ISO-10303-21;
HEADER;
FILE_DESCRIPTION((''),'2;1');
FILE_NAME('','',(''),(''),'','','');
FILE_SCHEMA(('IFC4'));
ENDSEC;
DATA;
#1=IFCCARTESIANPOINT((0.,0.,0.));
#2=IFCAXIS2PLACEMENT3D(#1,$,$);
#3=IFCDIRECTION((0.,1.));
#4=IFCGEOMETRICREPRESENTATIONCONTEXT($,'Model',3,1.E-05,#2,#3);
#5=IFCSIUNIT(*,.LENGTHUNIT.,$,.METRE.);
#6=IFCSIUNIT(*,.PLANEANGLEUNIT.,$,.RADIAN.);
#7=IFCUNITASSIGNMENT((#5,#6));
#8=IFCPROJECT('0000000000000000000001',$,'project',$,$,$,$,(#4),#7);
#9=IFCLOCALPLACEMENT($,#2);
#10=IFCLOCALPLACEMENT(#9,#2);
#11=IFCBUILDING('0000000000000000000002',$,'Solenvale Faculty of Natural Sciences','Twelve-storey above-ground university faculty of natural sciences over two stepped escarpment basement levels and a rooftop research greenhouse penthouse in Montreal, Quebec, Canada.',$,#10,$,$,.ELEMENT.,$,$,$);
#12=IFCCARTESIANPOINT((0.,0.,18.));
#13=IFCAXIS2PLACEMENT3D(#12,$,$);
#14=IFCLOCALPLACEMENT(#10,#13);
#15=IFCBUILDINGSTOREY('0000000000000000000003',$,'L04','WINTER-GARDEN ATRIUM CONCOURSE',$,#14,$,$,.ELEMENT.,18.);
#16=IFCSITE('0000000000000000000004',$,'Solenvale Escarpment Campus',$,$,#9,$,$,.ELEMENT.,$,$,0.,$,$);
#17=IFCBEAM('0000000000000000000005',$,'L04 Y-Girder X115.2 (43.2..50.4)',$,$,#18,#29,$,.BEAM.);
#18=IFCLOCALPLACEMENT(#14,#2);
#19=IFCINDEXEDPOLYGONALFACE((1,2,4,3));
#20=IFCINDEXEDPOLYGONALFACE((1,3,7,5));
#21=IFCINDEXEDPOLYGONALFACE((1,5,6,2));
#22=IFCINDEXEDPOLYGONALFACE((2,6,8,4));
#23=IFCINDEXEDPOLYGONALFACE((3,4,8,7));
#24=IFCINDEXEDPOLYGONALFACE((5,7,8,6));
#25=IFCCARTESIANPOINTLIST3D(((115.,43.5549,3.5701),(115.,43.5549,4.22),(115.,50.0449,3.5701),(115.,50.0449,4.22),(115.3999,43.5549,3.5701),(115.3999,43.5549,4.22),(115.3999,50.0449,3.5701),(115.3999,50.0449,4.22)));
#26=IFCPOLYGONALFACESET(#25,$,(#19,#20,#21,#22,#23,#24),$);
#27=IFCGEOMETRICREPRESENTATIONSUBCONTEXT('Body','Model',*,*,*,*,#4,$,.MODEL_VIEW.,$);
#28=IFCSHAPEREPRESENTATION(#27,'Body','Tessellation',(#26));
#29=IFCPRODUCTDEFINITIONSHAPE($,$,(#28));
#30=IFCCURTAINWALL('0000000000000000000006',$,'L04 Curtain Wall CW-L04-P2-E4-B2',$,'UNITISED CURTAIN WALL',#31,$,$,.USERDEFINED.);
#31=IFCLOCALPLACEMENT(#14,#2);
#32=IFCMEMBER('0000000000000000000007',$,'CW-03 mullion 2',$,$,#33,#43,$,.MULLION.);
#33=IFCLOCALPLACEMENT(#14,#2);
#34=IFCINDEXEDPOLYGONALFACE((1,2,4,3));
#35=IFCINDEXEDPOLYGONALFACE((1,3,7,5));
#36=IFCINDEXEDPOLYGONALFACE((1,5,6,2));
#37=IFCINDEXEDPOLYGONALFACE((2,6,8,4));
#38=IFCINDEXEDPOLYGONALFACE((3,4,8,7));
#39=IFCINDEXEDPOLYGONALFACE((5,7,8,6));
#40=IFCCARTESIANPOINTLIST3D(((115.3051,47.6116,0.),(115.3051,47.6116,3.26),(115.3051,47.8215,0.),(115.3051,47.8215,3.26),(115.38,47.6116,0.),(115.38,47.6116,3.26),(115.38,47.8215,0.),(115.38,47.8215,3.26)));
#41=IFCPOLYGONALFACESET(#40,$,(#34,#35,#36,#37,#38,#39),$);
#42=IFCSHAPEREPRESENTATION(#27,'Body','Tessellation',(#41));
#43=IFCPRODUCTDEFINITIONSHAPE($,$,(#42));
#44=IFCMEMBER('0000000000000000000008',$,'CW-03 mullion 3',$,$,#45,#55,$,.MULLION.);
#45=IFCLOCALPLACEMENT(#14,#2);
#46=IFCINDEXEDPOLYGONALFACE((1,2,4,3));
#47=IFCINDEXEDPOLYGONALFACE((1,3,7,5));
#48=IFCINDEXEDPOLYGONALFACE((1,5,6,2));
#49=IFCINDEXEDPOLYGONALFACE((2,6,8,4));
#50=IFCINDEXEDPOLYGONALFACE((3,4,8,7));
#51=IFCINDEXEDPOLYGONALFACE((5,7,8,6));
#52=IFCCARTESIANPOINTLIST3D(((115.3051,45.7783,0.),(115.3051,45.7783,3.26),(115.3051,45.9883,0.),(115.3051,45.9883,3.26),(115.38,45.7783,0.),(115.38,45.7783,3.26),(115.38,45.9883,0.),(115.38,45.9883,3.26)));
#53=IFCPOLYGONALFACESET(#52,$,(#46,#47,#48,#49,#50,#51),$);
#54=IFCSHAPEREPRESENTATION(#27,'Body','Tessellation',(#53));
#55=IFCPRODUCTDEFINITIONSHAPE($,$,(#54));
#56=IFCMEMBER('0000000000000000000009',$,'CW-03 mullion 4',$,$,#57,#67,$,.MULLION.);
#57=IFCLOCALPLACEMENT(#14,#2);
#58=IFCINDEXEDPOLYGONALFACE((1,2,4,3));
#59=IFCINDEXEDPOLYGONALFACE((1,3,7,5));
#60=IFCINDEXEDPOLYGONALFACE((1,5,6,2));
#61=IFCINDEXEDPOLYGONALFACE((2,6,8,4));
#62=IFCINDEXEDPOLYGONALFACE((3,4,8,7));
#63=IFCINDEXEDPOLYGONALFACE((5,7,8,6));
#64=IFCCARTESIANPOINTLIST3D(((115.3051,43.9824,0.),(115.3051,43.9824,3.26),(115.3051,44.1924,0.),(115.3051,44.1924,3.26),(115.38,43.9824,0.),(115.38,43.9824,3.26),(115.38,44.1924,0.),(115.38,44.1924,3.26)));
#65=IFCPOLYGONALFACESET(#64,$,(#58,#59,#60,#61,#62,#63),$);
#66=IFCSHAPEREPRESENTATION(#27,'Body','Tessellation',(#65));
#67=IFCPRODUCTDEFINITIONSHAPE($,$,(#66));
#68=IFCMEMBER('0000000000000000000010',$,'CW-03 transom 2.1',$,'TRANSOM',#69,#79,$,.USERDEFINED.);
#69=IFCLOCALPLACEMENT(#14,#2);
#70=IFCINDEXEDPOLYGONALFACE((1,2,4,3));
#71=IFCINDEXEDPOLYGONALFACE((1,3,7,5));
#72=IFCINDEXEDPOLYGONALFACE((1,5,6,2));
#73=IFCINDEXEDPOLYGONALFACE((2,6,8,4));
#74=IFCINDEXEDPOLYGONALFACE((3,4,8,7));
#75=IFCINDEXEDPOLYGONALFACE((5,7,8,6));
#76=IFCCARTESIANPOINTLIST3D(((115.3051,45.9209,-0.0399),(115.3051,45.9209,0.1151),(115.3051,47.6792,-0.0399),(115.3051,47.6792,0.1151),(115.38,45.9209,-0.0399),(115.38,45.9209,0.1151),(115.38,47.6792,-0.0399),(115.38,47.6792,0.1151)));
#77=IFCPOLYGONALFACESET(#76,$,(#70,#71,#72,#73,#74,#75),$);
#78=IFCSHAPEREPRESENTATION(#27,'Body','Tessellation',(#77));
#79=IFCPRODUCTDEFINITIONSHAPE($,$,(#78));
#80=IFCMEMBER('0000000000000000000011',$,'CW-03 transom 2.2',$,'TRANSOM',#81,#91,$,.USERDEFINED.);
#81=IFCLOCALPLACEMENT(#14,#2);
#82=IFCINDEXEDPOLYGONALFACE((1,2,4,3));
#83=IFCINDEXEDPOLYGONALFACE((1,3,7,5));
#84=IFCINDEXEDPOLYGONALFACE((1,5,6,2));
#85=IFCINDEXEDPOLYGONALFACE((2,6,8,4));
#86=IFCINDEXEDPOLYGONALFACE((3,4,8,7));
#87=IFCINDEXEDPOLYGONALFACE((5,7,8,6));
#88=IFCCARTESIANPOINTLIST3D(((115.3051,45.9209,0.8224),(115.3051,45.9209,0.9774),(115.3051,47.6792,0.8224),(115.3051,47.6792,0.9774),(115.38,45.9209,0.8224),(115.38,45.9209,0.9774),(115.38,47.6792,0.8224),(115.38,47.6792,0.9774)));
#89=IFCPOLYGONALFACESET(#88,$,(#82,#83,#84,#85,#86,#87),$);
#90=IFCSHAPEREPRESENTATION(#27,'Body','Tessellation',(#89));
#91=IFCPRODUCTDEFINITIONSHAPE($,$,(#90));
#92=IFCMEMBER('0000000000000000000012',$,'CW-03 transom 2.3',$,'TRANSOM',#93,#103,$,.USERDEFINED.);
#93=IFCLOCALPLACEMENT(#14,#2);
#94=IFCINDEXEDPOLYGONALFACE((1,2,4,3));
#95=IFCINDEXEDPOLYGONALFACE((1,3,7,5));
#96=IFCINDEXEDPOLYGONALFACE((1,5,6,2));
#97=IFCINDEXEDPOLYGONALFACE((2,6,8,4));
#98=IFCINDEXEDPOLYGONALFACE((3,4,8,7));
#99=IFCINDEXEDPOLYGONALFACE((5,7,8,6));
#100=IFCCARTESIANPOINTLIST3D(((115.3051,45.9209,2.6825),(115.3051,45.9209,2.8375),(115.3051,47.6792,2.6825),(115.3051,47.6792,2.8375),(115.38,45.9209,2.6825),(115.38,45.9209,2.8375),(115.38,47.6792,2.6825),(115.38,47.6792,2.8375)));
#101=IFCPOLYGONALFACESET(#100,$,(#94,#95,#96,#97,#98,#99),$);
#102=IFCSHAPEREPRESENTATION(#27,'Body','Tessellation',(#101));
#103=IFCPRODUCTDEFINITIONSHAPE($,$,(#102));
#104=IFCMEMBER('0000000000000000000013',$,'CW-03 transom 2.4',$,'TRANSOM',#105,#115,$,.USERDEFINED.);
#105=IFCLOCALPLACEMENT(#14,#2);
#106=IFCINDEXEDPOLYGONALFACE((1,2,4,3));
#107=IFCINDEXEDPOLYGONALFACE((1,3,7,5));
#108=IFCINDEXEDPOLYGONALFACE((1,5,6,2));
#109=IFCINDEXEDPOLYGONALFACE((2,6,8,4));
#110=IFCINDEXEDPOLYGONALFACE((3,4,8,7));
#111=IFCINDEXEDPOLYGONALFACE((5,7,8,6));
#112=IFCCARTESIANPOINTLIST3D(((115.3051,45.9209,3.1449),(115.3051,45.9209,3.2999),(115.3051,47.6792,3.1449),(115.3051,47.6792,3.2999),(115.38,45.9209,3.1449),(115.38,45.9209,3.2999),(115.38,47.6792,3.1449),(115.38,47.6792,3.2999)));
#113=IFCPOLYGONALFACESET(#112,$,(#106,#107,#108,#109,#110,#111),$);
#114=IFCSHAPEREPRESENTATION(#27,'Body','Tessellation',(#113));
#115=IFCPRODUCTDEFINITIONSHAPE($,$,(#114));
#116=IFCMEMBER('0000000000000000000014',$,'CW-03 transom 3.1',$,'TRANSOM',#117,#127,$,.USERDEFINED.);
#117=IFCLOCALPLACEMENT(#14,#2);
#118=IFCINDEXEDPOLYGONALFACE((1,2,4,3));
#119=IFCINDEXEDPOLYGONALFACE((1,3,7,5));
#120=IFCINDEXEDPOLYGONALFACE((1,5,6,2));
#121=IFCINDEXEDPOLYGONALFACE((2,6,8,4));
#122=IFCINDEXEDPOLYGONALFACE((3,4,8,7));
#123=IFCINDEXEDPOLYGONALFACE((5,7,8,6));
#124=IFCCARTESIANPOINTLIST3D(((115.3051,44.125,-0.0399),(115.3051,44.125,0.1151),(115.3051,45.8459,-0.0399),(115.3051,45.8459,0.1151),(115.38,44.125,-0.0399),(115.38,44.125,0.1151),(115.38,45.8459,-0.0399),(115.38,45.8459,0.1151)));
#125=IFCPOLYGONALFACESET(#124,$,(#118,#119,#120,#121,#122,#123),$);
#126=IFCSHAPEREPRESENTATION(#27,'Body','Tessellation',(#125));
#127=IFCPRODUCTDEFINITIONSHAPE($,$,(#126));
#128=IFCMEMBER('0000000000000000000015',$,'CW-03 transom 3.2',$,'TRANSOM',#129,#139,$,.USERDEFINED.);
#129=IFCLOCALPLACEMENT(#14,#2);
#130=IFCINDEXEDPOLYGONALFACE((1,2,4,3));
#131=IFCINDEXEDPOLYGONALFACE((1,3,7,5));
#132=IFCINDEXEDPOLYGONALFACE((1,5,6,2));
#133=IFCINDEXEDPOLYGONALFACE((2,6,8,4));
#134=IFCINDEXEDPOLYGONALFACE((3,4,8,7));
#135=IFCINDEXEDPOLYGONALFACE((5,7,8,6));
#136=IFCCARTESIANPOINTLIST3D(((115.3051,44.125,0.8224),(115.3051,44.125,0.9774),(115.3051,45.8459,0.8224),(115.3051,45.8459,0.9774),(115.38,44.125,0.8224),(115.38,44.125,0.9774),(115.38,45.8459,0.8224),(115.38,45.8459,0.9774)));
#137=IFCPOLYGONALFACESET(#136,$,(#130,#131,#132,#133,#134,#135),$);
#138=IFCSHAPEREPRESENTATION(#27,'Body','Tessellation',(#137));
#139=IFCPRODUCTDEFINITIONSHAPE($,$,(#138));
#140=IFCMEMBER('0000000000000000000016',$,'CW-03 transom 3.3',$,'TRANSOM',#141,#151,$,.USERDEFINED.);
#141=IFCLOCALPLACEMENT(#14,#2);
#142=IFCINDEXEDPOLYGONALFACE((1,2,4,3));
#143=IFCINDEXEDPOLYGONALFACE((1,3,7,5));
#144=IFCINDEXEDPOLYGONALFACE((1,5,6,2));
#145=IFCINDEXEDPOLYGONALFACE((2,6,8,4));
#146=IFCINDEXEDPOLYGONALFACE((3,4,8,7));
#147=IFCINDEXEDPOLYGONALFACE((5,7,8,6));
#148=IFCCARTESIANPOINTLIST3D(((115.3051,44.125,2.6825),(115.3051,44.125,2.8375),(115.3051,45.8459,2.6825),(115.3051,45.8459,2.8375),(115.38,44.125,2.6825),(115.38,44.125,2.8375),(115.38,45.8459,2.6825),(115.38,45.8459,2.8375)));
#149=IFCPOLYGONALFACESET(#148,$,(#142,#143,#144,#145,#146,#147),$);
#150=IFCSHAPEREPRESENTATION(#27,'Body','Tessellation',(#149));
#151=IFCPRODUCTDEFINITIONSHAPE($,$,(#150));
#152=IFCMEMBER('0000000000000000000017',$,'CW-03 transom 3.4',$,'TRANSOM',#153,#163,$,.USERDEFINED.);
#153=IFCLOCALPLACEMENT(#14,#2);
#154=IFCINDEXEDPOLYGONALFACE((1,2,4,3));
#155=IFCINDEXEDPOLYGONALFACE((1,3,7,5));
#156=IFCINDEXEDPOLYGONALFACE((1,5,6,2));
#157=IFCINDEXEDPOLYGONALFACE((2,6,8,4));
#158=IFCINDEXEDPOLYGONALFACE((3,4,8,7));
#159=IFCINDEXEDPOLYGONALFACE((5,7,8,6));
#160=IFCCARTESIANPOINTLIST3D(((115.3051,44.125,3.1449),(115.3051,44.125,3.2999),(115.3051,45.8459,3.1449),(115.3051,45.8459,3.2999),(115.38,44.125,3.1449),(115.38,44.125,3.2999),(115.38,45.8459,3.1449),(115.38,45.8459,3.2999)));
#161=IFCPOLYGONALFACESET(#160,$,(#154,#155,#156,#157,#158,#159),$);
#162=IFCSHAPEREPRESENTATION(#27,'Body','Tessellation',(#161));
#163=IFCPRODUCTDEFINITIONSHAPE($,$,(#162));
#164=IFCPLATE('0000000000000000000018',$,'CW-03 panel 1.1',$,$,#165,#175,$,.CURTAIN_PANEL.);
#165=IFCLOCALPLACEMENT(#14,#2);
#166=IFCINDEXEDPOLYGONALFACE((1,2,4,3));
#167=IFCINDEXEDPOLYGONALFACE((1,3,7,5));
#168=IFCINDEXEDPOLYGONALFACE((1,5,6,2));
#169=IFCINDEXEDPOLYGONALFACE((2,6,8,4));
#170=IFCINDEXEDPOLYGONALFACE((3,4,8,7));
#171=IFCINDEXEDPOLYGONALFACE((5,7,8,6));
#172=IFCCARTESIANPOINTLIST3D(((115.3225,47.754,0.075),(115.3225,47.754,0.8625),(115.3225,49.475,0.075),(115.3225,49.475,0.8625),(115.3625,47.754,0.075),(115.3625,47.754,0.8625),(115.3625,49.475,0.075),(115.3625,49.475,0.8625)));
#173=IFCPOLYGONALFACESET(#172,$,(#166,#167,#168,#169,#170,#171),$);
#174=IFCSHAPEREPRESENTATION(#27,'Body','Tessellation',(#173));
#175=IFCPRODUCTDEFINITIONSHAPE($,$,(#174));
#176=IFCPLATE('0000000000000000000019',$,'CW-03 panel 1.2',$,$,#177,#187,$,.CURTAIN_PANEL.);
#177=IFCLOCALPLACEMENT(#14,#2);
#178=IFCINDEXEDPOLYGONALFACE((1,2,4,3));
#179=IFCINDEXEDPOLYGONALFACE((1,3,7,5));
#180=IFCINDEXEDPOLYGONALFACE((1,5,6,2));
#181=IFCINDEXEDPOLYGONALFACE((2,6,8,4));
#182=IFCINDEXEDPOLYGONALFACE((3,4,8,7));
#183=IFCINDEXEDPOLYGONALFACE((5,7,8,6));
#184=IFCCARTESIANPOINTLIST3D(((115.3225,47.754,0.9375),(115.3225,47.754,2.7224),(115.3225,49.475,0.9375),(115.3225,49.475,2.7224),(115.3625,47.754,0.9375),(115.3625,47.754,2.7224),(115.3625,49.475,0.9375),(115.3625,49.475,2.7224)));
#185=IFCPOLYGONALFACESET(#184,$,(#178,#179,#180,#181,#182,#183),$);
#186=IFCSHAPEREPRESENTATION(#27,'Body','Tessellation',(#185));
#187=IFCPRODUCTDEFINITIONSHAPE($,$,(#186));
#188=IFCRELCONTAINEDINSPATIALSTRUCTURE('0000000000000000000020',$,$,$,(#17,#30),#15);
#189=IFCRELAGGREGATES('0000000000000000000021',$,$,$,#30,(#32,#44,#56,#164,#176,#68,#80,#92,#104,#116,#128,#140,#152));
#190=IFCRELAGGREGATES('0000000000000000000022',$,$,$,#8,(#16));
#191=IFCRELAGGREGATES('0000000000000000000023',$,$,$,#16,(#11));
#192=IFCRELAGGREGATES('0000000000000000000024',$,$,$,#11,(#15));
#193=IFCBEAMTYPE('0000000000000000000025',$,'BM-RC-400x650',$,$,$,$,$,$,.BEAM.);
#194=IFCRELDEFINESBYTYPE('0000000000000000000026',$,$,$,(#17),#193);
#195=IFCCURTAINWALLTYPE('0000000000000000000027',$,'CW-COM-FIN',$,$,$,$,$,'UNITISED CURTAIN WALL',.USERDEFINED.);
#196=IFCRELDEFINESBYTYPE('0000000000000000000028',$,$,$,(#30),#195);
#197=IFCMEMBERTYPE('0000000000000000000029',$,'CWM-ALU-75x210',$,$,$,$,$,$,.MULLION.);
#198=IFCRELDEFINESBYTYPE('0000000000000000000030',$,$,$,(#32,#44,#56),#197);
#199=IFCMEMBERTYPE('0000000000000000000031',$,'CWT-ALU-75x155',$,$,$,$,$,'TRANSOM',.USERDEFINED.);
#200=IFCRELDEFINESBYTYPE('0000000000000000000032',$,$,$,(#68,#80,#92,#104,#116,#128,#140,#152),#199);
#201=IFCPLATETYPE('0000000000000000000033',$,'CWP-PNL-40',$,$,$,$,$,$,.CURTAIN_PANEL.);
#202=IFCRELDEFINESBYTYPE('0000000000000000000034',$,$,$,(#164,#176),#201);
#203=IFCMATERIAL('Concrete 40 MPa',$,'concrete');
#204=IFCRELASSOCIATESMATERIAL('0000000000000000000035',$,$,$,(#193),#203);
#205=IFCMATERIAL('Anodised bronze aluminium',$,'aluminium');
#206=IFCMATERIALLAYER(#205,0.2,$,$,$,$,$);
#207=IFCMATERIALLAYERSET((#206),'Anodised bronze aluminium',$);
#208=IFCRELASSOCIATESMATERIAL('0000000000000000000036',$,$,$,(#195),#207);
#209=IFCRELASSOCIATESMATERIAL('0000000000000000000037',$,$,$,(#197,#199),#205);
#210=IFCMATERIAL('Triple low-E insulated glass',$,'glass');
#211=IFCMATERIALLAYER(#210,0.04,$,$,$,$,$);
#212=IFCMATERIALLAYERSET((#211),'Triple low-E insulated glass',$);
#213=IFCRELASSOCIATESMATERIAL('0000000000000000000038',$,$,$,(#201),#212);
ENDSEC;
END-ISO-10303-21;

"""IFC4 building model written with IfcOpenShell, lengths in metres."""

from ifc_helpers import new_model, si_unit, direction, frame, origin, origin_2d, place, context, subcontext, project, spatial, rectangle, extrude, material, layer, layer_set, material_profile, profile_set, type_object, element, aggregate, save


model = new_model("IFC4")

# Units and contexts
model_context = context("Model", 3, precision=1e-05, world=origin(), true_north=direction((0.0, 1.0)))
body_context = subcontext(model_context, "Body", "Model", "MODEL_VIEW")
ifc_project = project(units=[si_unit("LENGTHUNIT", "METRE"), si_unit("PLANEANGLEUNIT", "RADIAN")], contexts=[model_context])

# Site, building, storey
site_placement = place(None, origin())
site = spatial("IfcSite", under=ifc_project, at=site_placement, Name="Solenvale Escarpment Campus", CompositionType="ELEMENT", RefElevation=0.0)
building_placement = place(site_placement, origin())
building = spatial("IfcBuilding", under=site, at=building_placement, Name="Solenvale Faculty of Natural Sciences", Description="Twelve-storey above-ground university faculty of natural sciences over two stepped escarpment basement levels and a rooftop research greenhouse penthouse in Montreal, Quebec, Canada.", CompositionType="ELEMENT")
storey_placement = place(building_placement, frame((0.0, 0.0, 18.0)))
storey = spatial("IfcBuildingStorey", under=building, at=storey_placement, Name="L04", Description="WINTER-GARDEN ATRIUM CONCOURSE", CompositionType="ELEMENT", Elevation=18.0)

# Beam
ifc_material_1 = material(Name="Concrete 40 MPa", Category="concrete")
ifc_material_profile_1 = material_profile(ifc_material_1, rectangle(XDim=0.3999, YDim=0.6499, at=origin_2d()), Name="RC-BM-400x650")
ifc_profile_set_1 = profile_set([ifc_material_profile_1], Name="Concrete 40 MPa")
beam_type = type_object("IfcBeamType", Name="BM-RC-400x650", PredefinedType="BEAM", material=ifc_profile_set_1)
beam_placement = place(storey_placement, frame((115.2, 43.5549, 3.895), z_axis=(0.0, 1.0, 0.0), x_axis=(-1.0, 0.0, 0.0)))
element("IfcBeam", 1, at=beam_placement, inside=storey, type_object=beam_type, Name="L04 Y-Girder X115.2 (43.2..50.4)", PredefinedType="BEAM", context=body_context, shape_type="SweptSolid", body=[
    extrude(rectangle(XDim=0.3999, YDim=0.6499, at=origin_2d()), origin(), (0.0, 0.0, 1.0), 6.49),
])

# Curtain wall, members, plates
ifc_material_2 = material(Name="Anodised bronze aluminium", Category="aluminium")
ifc_layer_1 = layer(ifc_material_2, 0.2)
ifc_layer_set_1 = layer_set([ifc_layer_1], Name="Anodised bronze aluminium")
curtain_wall_type = type_object("IfcCurtainWallType", Name="CW-COM-FIN", ElementType="UNITISED CURTAIN WALL", PredefinedType="USERDEFINED", material=ifc_layer_set_1)
curtain_wall_placement = place(storey_placement, origin())
curtain_wall = element("IfcCurtainWall", 2, at=curtain_wall_placement, inside=storey, type_object=curtain_wall_type, Name="L04 Curtain Wall CW-L04-P2-E4-B2", ObjectType="UNITISED CURTAIN WALL", PredefinedType="USERDEFINED")
ifc_material_profile_2 = material_profile(ifc_material_2, rectangle(XDim=0.075, YDim=0.21, at=origin_2d()), Name="ALU-MUL-75x210")
ifc_profile_set_2 = profile_set([ifc_material_profile_2], Name="Anodised bronze aluminium")
member_type_1 = type_object("IfcMemberType", Name="CWM-ALU-75x210", PredefinedType="MULLION", material=ifc_profile_set_2)
member_1_placement = place(storey_placement, frame((115.3425, 47.7166, 0.0), z_axis=(0.0, 0.0, 1.0), x_axis=(1.0, 0.0, 0.0)))
member_1 = element("IfcMember", 3, at=member_1_placement, type_object=member_type_1, Name="CW-03 mullion 2", PredefinedType="MULLION", context=body_context, shape_type="SweptSolid", body=[
    extrude(rectangle(XDim=0.075, YDim=0.21, at=origin_2d()), origin(), (0.0, 0.0, 1.0), 3.26),
])
member_2_placement = place(storey_placement, frame((115.3425, 45.8833, 0.0), z_axis=(0.0, 0.0, 1.0), x_axis=(1.0, 0.0, 0.0)))
member_2 = element("IfcMember", 4, at=member_2_placement, type_object=member_type_1, Name="CW-03 mullion 3", PredefinedType="MULLION", context=body_context, shape_type="SweptSolid", body=[
    extrude(rectangle(XDim=0.075, YDim=0.21, at=origin_2d()), origin(), (0.0, 0.0, 1.0), 3.26),
])
member_3_placement = place(storey_placement, frame((115.3425, 44.0874, 0.0), z_axis=(0.0, 0.0, 1.0), x_axis=(1.0, 0.0, 0.0)))
member_3 = element("IfcMember", 5, at=member_3_placement, type_object=member_type_1, Name="CW-03 mullion 4", PredefinedType="MULLION", context=body_context, shape_type="SweptSolid", body=[
    extrude(rectangle(XDim=0.075, YDim=0.21, at=origin_2d()), origin(), (0.0, 0.0, 1.0), 3.26),
])
ifc_material_profile_3 = material_profile(ifc_material_2, rectangle(XDim=0.075, YDim=0.155, at=origin_2d()), Name="ALU-TRN-75x155")
ifc_profile_set_3 = profile_set([ifc_material_profile_3], Name="Anodised bronze aluminium")
member_type_2 = type_object("IfcMemberType", Name="CWT-ALU-75x155", ElementType="TRANSOM", PredefinedType="USERDEFINED", material=ifc_profile_set_3)
member_4_placement = place(storey_placement, frame((115.3425, 47.6792, 0.0376), z_axis=(0.0, -1.0, 0.0), x_axis=(1.0, 0.0, 0.0)))
member_4 = element("IfcMember", 6, at=member_4_placement, type_object=member_type_2, Name="CW-03 transom 2.1", ObjectType="TRANSOM", PredefinedType="USERDEFINED", context=body_context, shape_type="SweptSolid", body=[
    extrude(rectangle(XDim=0.075, YDim=0.155, at=origin_2d()), origin(), (0.0, 0.0, 1.0), 1.7583),
])
member_5_placement = place(storey_placement, frame((115.3425, 47.6792, 0.8999), z_axis=(0.0, -1.0, 0.0), x_axis=(1.0, 0.0, 0.0)))
member_5 = element("IfcMember", 7, at=member_5_placement, type_object=member_type_2, Name="CW-03 transom 2.2", ObjectType="TRANSOM", PredefinedType="USERDEFINED", context=body_context, shape_type="SweptSolid", body=[
    extrude(rectangle(XDim=0.075, YDim=0.155, at=origin_2d()), origin(), (0.0, 0.0, 1.0), 1.7583),
])
member_6_placement = place(storey_placement, frame((115.3425, 47.6792, 2.76), z_axis=(0.0, -1.0, 0.0), x_axis=(1.0, 0.0, 0.0)))
member_6 = element("IfcMember", 8, at=member_6_placement, type_object=member_type_2, Name="CW-03 transom 2.3", ObjectType="TRANSOM", PredefinedType="USERDEFINED", context=body_context, shape_type="SweptSolid", body=[
    extrude(rectangle(XDim=0.075, YDim=0.155, at=origin_2d()), origin(), (0.0, 0.0, 1.0), 1.7583),
])
member_7_placement = place(storey_placement, frame((115.3425, 47.6792, 3.2224), z_axis=(0.0, -1.0, 0.0), x_axis=(1.0, 0.0, 0.0)))
member_7 = element("IfcMember", 9, at=member_7_placement, type_object=member_type_2, Name="CW-03 transom 2.4", ObjectType="TRANSOM", PredefinedType="USERDEFINED", context=body_context, shape_type="SweptSolid", body=[
    extrude(rectangle(XDim=0.075, YDim=0.155, at=origin_2d()), origin(), (0.0, 0.0, 1.0), 1.7583),
])
member_8_placement = place(storey_placement, frame((115.3425, 45.8459, 0.0376), z_axis=(0.0, -1.0, 0.0), x_axis=(1.0, 0.0, 0.0)))
member_8 = element("IfcMember", 10, at=member_8_placement, type_object=member_type_2, Name="CW-03 transom 3.1", ObjectType="TRANSOM", PredefinedType="USERDEFINED", context=body_context, shape_type="SweptSolid", body=[
    extrude(rectangle(XDim=0.075, YDim=0.155, at=origin_2d()), origin(), (0.0, 0.0, 1.0), 1.7209),
])
member_9_placement = place(storey_placement, frame((115.3425, 45.8459, 0.8999), z_axis=(0.0, -1.0, 0.0), x_axis=(1.0, 0.0, 0.0)))
member_9 = element("IfcMember", 11, at=member_9_placement, type_object=member_type_2, Name="CW-03 transom 3.2", ObjectType="TRANSOM", PredefinedType="USERDEFINED", context=body_context, shape_type="SweptSolid", body=[
    extrude(rectangle(XDim=0.075, YDim=0.155, at=origin_2d()), origin(), (0.0, 0.0, 1.0), 1.7209),
])
member_10_placement = place(storey_placement, frame((115.3425, 45.8459, 2.76), z_axis=(0.0, -1.0, 0.0), x_axis=(1.0, 0.0, 0.0)))
member_10 = element("IfcMember", 12, at=member_10_placement, type_object=member_type_2, Name="CW-03 transom 3.3", ObjectType="TRANSOM", PredefinedType="USERDEFINED", context=body_context, shape_type="SweptSolid", body=[
    extrude(rectangle(XDim=0.075, YDim=0.155, at=origin_2d()), origin(), (0.0, 0.0, 1.0), 1.7209),
])
member_11_placement = place(storey_placement, frame((115.3425, 45.8459, 3.2224), z_axis=(0.0, -1.0, 0.0), x_axis=(1.0, 0.0, 0.0)))
member_11 = element("IfcMember", 13, at=member_11_placement, type_object=member_type_2, Name="CW-03 transom 3.4", ObjectType="TRANSOM", PredefinedType="USERDEFINED", context=body_context, shape_type="SweptSolid", body=[
    extrude(rectangle(XDim=0.075, YDim=0.155, at=origin_2d()), origin(), (0.0, 0.0, 1.0), 1.7209),
])
ifc_material_3 = material(Name="Triple low-E insulated glass", Category="glass")
ifc_layer_2 = layer(ifc_material_3, 0.04)
ifc_layer_set_2 = layer_set([ifc_layer_2], Name="Triple low-E insulated glass")
plate_type = type_object("IfcPlateType", Name="CWP-PNL-40", PredefinedType="CURTAIN_PANEL", material=ifc_layer_set_2)
plate_1_placement = place(storey_placement, frame((115.3425, 48.6145, 0.075), z_axis=(0.0, 0.0, 1.0), x_axis=(0.0, -1.0, 0.0)))
plate_1 = element("IfcPlate", 14, at=plate_1_placement, type_object=plate_type, Name="CW-03 panel 1.1", PredefinedType="CURTAIN_PANEL", context=body_context, shape_type="SweptSolid", body=[
    extrude(rectangle(XDim=1.7209, YDim=0.04, at=origin_2d()), origin(), (0.0, 0.0, 1.0), 0.7876),
])
plate_2_placement = place(storey_placement, frame((115.3425, 48.6145, 0.9375), z_axis=(0.0, 0.0, 1.0), x_axis=(0.0, -1.0, 0.0)))
plate_2 = element("IfcPlate", 15, at=plate_2_placement, type_object=plate_type, Name="CW-03 panel 1.2", PredefinedType="CURTAIN_PANEL", context=body_context, shape_type="SweptSolid", body=[
    extrude(rectangle(XDim=1.7209, YDim=0.04, at=origin_2d()), origin(), (0.0, 0.0, 1.0), 1.7849),
])
aggregate(curtain_wall, [member_1, member_2, member_3, plate_1, plate_2, member_4, member_5, member_6, member_7, member_8, member_9, member_10, member_11])

save(model, "model.ifc")
